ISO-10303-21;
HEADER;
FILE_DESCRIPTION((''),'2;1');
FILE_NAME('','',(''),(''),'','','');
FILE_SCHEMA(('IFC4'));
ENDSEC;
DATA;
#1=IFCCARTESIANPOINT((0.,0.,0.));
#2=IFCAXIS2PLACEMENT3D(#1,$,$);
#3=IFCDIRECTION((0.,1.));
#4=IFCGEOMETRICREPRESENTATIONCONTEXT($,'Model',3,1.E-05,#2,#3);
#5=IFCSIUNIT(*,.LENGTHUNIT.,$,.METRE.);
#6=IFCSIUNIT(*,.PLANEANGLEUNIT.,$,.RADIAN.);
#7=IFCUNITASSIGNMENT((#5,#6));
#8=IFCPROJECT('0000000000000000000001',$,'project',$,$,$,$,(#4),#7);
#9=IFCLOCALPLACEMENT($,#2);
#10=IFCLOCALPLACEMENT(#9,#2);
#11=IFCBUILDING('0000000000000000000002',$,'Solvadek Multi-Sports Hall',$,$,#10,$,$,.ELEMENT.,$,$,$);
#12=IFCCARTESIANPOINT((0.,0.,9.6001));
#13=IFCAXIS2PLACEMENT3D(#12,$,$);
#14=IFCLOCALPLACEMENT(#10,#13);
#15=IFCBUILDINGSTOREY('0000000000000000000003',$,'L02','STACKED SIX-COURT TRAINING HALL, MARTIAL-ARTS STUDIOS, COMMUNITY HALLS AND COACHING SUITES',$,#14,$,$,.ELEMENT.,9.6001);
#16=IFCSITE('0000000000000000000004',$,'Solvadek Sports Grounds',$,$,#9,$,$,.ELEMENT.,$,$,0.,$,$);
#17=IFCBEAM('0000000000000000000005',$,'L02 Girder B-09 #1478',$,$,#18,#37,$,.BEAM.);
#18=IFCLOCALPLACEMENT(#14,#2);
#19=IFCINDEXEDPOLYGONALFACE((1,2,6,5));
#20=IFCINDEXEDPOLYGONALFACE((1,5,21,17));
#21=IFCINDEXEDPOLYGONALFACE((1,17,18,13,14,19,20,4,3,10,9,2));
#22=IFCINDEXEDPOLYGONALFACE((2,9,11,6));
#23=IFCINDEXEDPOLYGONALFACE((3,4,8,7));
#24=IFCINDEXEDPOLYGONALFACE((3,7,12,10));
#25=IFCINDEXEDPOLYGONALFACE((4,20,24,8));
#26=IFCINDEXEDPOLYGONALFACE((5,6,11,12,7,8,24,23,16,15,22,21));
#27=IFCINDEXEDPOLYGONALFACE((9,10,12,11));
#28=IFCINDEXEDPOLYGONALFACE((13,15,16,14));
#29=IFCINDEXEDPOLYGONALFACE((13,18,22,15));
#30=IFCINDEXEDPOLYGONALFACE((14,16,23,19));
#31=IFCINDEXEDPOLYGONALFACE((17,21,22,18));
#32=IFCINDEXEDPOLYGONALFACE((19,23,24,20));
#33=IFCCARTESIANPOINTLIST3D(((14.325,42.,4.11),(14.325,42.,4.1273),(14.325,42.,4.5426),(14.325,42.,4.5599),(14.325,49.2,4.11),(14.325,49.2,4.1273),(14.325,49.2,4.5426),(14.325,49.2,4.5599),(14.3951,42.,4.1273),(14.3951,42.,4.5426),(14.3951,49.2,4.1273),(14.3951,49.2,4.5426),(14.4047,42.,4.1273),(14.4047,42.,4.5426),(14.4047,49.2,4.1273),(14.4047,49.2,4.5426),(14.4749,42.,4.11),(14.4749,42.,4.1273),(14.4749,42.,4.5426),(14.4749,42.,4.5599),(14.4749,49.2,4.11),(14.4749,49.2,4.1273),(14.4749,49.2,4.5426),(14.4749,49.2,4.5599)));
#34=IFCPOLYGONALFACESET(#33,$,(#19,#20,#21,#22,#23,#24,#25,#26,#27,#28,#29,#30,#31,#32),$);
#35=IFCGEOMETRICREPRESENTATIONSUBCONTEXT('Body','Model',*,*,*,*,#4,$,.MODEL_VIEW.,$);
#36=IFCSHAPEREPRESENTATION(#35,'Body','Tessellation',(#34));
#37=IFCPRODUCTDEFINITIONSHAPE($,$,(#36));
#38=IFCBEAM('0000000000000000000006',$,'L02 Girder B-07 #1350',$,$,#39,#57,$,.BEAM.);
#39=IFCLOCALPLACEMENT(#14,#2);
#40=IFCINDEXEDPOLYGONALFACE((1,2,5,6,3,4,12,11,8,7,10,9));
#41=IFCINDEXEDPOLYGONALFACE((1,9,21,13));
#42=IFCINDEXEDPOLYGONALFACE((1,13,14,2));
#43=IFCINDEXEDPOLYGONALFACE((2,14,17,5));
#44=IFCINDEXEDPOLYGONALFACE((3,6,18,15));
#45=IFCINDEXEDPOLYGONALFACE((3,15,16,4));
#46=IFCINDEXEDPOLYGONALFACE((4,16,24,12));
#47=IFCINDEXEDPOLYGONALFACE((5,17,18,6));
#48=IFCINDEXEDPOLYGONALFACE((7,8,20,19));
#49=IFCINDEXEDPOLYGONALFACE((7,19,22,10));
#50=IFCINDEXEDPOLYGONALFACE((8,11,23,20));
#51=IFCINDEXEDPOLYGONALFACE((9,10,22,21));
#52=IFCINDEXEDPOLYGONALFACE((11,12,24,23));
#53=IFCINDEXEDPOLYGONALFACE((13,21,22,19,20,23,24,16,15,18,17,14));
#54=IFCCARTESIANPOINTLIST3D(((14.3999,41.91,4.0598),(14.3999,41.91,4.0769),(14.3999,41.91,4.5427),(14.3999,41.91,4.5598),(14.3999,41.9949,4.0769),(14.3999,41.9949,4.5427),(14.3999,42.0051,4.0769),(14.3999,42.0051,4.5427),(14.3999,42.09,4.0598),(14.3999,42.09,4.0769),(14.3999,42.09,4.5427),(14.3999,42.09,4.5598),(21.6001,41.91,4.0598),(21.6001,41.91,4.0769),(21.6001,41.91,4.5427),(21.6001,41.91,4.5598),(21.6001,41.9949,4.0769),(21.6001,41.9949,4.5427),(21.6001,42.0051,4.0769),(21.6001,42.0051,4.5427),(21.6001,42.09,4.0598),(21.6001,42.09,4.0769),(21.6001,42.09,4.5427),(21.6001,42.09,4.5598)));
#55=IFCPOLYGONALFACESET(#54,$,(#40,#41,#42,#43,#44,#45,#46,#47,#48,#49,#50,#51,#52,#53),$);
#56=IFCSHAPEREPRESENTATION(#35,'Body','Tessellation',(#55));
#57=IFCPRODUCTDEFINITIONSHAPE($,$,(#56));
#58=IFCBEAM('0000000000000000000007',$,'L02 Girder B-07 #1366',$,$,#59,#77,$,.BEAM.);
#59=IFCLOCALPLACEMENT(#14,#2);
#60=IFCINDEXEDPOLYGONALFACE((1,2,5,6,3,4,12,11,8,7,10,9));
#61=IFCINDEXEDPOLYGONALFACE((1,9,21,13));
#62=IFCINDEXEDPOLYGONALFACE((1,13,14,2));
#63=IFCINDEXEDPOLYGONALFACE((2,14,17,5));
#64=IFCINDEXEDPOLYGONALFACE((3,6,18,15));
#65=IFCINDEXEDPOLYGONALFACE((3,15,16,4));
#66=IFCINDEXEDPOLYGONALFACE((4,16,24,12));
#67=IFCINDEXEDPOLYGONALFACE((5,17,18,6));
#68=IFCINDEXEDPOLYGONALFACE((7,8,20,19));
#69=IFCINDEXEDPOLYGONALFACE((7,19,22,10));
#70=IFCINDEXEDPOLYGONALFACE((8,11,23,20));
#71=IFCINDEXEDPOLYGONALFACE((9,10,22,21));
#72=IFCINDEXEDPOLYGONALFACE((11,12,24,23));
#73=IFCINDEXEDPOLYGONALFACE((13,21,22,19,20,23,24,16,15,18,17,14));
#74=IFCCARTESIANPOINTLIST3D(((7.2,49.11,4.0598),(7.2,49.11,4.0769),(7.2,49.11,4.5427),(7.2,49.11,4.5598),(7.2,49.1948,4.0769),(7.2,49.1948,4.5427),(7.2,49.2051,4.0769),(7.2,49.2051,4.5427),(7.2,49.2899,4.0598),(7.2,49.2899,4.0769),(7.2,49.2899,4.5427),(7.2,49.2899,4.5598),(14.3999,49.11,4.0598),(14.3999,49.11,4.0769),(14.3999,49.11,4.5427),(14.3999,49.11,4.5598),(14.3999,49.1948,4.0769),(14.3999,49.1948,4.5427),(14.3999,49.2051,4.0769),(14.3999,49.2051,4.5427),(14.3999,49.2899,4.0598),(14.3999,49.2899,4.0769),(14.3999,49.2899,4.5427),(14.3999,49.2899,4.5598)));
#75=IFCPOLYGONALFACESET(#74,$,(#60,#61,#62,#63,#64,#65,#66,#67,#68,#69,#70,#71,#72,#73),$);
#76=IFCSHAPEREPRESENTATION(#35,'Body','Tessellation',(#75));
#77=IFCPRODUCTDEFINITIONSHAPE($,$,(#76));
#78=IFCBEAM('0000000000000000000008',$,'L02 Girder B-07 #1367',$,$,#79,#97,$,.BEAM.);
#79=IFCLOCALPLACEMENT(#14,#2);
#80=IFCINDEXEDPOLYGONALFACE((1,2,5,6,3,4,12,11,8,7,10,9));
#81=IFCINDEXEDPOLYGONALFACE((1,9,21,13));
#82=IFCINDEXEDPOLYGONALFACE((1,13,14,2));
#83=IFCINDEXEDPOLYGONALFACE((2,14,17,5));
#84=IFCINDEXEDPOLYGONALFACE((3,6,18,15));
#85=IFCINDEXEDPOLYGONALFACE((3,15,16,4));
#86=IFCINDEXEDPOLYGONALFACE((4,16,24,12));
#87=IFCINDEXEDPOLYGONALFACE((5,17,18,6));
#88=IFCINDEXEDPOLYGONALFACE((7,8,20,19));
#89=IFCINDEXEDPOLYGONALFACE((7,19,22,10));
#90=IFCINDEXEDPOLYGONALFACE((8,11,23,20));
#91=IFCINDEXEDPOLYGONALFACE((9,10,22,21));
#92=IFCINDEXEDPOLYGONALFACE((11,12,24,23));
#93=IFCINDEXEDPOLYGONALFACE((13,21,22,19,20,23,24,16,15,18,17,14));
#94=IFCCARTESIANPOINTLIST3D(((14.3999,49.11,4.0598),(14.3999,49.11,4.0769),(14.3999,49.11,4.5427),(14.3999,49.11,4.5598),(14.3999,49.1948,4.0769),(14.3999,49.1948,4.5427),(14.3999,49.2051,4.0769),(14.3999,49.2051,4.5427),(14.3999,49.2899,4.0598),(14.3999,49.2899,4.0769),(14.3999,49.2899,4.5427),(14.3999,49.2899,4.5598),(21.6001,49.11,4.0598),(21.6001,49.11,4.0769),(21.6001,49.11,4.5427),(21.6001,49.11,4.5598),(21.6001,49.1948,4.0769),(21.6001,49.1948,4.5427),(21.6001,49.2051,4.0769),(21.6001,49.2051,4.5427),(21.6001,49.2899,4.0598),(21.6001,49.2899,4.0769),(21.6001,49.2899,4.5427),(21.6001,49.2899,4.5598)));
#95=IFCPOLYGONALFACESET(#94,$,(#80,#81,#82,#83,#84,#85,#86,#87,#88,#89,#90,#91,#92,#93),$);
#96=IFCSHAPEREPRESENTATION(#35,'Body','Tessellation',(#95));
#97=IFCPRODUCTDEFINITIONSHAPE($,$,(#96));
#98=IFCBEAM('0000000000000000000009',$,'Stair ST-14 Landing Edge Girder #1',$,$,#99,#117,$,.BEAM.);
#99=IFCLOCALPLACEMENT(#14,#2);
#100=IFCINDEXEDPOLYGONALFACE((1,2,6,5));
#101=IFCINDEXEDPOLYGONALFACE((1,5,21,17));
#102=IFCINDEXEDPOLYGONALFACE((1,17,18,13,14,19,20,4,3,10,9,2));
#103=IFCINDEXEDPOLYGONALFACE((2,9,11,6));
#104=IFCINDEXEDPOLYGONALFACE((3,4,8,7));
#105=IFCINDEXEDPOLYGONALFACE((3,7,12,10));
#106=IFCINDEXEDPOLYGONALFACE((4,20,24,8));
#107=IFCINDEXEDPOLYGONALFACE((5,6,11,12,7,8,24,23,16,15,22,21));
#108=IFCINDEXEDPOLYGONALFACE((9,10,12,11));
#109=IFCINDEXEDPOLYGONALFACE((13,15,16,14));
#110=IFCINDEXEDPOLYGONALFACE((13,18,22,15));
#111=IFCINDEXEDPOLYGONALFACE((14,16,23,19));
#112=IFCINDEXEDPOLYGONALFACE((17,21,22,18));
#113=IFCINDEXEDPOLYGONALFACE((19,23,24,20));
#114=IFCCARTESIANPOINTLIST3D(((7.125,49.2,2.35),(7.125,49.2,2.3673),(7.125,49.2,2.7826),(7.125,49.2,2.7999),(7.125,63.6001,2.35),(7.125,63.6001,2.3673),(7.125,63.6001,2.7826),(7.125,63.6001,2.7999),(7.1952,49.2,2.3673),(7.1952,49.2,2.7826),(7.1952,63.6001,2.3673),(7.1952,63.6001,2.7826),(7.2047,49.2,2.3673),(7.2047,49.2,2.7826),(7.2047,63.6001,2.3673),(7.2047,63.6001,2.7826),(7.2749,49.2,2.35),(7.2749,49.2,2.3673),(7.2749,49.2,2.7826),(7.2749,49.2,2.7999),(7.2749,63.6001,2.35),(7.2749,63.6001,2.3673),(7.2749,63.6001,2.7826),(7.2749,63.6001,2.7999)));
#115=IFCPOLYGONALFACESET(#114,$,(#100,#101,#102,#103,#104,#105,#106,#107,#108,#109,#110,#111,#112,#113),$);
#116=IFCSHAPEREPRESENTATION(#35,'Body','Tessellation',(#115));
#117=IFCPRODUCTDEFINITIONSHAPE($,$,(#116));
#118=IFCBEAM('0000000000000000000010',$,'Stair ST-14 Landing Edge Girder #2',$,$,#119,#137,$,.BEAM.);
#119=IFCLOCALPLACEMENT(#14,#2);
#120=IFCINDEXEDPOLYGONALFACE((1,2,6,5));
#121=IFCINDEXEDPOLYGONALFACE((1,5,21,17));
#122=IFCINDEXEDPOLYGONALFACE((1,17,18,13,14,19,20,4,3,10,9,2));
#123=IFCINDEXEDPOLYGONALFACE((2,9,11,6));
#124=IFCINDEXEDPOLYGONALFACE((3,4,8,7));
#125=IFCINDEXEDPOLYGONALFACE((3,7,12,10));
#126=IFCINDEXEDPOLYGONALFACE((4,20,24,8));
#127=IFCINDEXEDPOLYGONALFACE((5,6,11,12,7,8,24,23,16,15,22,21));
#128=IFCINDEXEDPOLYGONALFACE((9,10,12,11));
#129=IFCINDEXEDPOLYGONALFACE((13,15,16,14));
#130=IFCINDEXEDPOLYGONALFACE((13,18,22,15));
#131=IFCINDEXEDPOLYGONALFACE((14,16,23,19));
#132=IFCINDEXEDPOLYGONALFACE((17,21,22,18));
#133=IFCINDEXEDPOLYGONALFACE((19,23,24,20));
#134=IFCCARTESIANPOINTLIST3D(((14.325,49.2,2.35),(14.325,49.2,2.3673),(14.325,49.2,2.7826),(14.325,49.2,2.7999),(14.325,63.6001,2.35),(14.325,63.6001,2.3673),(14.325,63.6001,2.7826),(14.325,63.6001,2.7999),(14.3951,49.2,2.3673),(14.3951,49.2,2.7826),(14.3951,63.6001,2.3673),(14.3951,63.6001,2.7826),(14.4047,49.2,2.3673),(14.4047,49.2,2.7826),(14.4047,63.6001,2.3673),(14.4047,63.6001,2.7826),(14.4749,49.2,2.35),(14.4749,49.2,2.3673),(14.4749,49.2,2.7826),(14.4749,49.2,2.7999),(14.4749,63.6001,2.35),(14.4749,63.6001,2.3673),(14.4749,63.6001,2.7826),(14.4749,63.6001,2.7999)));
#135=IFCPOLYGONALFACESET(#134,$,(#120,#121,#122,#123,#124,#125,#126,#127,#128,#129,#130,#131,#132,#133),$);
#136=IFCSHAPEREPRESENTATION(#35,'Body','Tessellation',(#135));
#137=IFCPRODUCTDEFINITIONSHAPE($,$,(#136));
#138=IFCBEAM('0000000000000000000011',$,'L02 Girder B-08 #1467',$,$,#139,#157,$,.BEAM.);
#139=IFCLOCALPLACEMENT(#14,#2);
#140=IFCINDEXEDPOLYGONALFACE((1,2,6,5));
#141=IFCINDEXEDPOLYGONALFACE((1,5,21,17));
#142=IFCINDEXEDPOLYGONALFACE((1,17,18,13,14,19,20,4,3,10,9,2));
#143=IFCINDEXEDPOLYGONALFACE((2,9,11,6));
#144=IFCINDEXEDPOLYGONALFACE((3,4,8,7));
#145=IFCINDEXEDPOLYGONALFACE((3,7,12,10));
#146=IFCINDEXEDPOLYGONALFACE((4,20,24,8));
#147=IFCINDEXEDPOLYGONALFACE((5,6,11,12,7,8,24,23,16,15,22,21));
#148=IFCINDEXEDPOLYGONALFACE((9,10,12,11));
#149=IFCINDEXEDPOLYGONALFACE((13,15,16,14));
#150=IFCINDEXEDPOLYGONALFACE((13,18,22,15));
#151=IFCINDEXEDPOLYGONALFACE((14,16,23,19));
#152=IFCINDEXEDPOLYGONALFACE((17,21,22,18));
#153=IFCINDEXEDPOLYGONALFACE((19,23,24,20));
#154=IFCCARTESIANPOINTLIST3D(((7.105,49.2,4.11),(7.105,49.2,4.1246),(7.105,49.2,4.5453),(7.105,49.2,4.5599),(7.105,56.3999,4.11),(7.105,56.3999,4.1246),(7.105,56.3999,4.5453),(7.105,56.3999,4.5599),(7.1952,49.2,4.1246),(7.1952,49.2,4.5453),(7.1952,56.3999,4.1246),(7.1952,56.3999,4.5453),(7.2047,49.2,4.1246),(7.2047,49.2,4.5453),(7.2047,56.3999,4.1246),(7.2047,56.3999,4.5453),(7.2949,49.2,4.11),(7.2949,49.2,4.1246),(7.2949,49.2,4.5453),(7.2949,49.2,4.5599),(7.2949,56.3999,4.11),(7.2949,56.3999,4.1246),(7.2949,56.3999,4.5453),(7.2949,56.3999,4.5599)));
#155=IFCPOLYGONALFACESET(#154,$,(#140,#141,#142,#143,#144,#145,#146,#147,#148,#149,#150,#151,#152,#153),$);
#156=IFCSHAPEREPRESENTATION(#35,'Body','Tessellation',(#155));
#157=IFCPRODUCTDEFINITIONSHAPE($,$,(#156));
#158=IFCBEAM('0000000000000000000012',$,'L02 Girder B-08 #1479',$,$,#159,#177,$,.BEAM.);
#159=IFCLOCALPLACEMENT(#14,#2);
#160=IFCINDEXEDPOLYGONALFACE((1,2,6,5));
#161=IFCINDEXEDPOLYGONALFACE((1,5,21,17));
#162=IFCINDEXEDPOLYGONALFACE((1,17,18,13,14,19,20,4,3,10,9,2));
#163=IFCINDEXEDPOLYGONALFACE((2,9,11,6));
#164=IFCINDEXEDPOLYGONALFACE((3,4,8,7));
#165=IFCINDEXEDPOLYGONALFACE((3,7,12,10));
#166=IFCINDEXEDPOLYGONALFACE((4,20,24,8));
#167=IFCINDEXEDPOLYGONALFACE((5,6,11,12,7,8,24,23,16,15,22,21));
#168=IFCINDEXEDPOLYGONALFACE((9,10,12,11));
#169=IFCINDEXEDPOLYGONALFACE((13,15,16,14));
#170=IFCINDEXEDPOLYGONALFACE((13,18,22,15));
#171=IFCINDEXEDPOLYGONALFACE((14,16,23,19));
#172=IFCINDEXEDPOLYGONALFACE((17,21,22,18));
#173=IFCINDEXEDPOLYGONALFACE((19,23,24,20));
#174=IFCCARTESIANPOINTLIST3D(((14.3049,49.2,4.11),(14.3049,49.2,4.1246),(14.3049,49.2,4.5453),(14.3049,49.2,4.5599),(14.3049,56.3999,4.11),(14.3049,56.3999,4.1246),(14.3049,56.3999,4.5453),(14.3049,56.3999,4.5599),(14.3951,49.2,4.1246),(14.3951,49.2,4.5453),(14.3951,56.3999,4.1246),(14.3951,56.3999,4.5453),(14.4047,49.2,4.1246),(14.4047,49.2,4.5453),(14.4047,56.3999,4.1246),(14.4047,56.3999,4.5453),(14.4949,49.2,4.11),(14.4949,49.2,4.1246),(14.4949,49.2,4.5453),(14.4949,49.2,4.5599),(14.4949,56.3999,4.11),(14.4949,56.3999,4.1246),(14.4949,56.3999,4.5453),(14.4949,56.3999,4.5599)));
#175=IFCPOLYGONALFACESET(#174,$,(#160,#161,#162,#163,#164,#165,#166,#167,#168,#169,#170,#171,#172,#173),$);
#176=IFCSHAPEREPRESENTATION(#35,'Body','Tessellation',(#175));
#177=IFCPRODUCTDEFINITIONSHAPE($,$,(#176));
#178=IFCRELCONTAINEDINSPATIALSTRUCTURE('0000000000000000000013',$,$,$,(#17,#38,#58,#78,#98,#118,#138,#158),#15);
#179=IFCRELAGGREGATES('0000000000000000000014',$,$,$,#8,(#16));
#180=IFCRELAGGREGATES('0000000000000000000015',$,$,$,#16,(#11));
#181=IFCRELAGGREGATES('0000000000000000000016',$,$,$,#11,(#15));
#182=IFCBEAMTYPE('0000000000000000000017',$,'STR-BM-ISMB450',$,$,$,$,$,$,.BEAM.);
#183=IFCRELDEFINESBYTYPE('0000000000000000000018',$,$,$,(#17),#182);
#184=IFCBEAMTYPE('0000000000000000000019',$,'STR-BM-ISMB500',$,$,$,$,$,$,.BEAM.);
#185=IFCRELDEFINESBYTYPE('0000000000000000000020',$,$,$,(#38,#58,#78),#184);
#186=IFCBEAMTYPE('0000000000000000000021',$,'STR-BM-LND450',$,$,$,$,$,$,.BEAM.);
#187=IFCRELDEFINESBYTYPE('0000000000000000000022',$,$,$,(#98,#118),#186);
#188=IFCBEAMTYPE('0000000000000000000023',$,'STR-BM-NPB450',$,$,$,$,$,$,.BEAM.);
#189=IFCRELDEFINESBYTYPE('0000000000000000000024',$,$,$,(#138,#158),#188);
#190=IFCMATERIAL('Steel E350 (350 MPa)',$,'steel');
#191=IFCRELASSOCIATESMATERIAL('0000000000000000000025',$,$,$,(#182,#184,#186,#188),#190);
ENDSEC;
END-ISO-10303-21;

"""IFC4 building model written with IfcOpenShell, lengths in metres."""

from ifc_helpers import new_model, si_unit, direction, frame, origin, origin_2d, place, context, subcontext, project, spatial, i_section, extrude, material, material_profile, profile_set, type_object, element, save


model = new_model("IFC4")

# Units and contexts
model_context = context("Model", 3, precision=1e-05, world=origin(), true_north=direction((0.0, 1.0)))
body_context = subcontext(model_context, "Body", "Model", "MODEL_VIEW")
ifc_project = project(units=[si_unit("LENGTHUNIT", "METRE"), si_unit("PLANEANGLEUNIT", "RADIAN")], contexts=[model_context])

# Site, building, storey
site_placement = place(None, origin())
site = spatial("IfcSite", under=ifc_project, at=site_placement, Name="Solvadek Sports Grounds", CompositionType="ELEMENT", RefElevation=0.0)
building_placement = place(site_placement, origin())
building = spatial("IfcBuilding", under=site, at=building_placement, Name="Solvadek Multi-Sports Hall", CompositionType="ELEMENT")
storey_placement = place(building_placement, frame((0.0, 0.0, 9.6001)))
storey = spatial("IfcBuildingStorey", under=building, at=storey_placement, Name="L02", Description="STACKED SIX-COURT TRAINING HALL, MARTIAL-ARTS STUDIOS, COMMUNITY HALLS AND COACHING SUITES", CompositionType="ELEMENT", Elevation=9.6001)

# Shared definitions
ifc_material_1 = material(Name="Steel E350 (350 MPa)", Category="steel")

# Beams
ifc_material_profile_1 = material_profile(ifc_material_1, i_section(OverallWidth=0.1499, OverallDepth=0.45, WebThickness=0.0095, FlangeThickness=0.0173, at=origin_2d()), Name="ISMB 450")
ifc_profile_set_1 = profile_set([ifc_material_profile_1], Name="Steel E350 (350 MPa)")
beam_type_1 = type_object("IfcBeamType", Name="STR-BM-ISMB450", PredefinedType="BEAM", material=ifc_profile_set_1)
beam_1_placement = place(storey_placement, frame((14.3999, 42.0, 4.335), z_axis=(0.0, 1.0, 0.0), x_axis=(-1.0, 0.0, 0.0)))
element("IfcBeam", 1, at=beam_1_placement, inside=storey, type_object=beam_type_1, Name="L02 Girder B-09 #1478", PredefinedType="BEAM", context=body_context, shape_type="SweptSolid", body=[
    extrude(i_section(OverallWidth=0.1499, OverallDepth=0.45, WebThickness=0.0095, FlangeThickness=0.0173, at=origin_2d()), origin(), (0.0, 0.0, 1.0), 7.2),
])
ifc_material_profile_2 = material_profile(ifc_material_1, i_section(OverallWidth=0.1799, OverallDepth=0.5, WebThickness=0.0103, FlangeThickness=0.0171, at=origin_2d()), Name="ISMB 500")
ifc_profile_set_2 = profile_set([ifc_material_profile_2], Name="Steel E350 (350 MPa)")
beam_type_2 = type_object("IfcBeamType", Name="STR-BM-ISMB500", PredefinedType="BEAM", material=ifc_profile_set_2)
beam_2_placement = place(storey_placement, frame((14.3999, 42.0, 4.3098), z_axis=(1.0, 0.0, 0.0), x_axis=(0.0, 1.0, 0.0)))
element("IfcBeam", 2, at=beam_2_placement, inside=storey, type_object=beam_type_2, Name="L02 Girder B-07 #1350", PredefinedType="BEAM", context=body_context, shape_type="SweptSolid", body=[
    extrude(i_section(OverallWidth=0.1799, OverallDepth=0.5, WebThickness=0.0103, FlangeThickness=0.0171, at=origin_2d()), origin(), (0.0, 0.0, 1.0), 7.2002),
])
beam_3_placement = place(storey_placement, frame((7.2, 49.2, 4.3098), z_axis=(1.0, 0.0, 0.0), x_axis=(0.0, 1.0, 0.0)))
element("IfcBeam", 3, at=beam_3_placement, inside=storey, type_object=beam_type_2, Name="L02 Girder B-07 #1366", PredefinedType="BEAM", context=body_context, shape_type="SweptSolid", body=[
    extrude(i_section(OverallWidth=0.1799, OverallDepth=0.5, WebThickness=0.0103, FlangeThickness=0.0171, at=origin_2d()), origin(), (0.0, 0.0, 1.0), 7.2),
])
beam_4_placement = place(storey_placement, frame((14.3999, 49.2, 4.3098), z_axis=(1.0, 0.0, 0.0), x_axis=(0.0, 1.0, 0.0)))
element("IfcBeam", 4, at=beam_4_placement, inside=storey, type_object=beam_type_2, Name="L02 Girder B-07 #1367", PredefinedType="BEAM", context=body_context, shape_type="SweptSolid", body=[
    extrude(i_section(OverallWidth=0.1799, OverallDepth=0.5, WebThickness=0.0103, FlangeThickness=0.0171, at=origin_2d()), origin(), (0.0, 0.0, 1.0), 7.2002),
])
ifc_material_profile_3 = material_profile(ifc_material_1, i_section(OverallWidth=0.1499, OverallDepth=0.45, WebThickness=0.0095, FlangeThickness=0.0173, at=origin_2d()), Name="ISMB 450")
ifc_profile_set_3 = profile_set([ifc_material_profile_3], Name="Steel E350 (350 MPa)")
beam_type_3 = type_object("IfcBeamType", Name="STR-BM-LND450", PredefinedType="BEAM", material=ifc_profile_set_3)
for number, where, z_axis, x_axis, name in (
    (5, (7.2, 49.2, 2.575), (0.0, 1.0, 0.0), (-1.0, 0.0, 0.0), "Stair ST-14 Landing Edge Girder #1"),
    (6, (14.3999, 49.2, 2.575), (0.0, 1.0, 0.0), (-1.0, 0.0, 0.0), "Stair ST-14 Landing Edge Girder #2"),
):
    element("IfcBeam", number, at=place(storey_placement, frame(where, z_axis=z_axis, x_axis=x_axis)), inside=storey, type_object=beam_type_3, Name=name, PredefinedType="BEAM", context=body_context, shape_type="SweptSolid", body=[
        extrude(i_section(OverallWidth=0.1499, OverallDepth=0.45, WebThickness=0.0095, FlangeThickness=0.0173, at=origin_2d()), origin(), (0.0, 0.0, 1.0), 14.4001),
    ])
ifc_material_profile_4 = material_profile(ifc_material_1, i_section(OverallWidth=0.1899, OverallDepth=0.45, WebThickness=0.0095, FlangeThickness=0.0146, at=origin_2d()), Name="NPB 450")
ifc_profile_set_4 = profile_set([ifc_material_profile_4], Name="Steel E350 (350 MPa)")
beam_type_4 = type_object("IfcBeamType", Name="STR-BM-NPB450", PredefinedType="BEAM", material=ifc_profile_set_4)
for number, where, z_axis, x_axis, name in (
    (7, (7.2, 49.2, 4.335), (0.0, 1.0, 0.0), (-1.0, 0.0, 0.0), "L02 Girder B-08 #1467"),
    (8, (14.3999, 49.2, 4.335), (0.0, 1.0, 0.0), (-1.0, 0.0, 0.0), "L02 Girder B-08 #1479"),
):
    element("IfcBeam", number, at=place(storey_placement, frame(where, z_axis=z_axis, x_axis=x_axis)), inside=storey, type_object=beam_type_4, Name=name, PredefinedType="BEAM", context=body_context, shape_type="SweptSolid", body=[
        extrude(i_section(OverallWidth=0.1899, OverallDepth=0.45, WebThickness=0.0095, FlangeThickness=0.0146, at=origin_2d()), origin(), (0.0, 0.0, 1.0), 7.2),
    ])

save(model, "model.ifc")
